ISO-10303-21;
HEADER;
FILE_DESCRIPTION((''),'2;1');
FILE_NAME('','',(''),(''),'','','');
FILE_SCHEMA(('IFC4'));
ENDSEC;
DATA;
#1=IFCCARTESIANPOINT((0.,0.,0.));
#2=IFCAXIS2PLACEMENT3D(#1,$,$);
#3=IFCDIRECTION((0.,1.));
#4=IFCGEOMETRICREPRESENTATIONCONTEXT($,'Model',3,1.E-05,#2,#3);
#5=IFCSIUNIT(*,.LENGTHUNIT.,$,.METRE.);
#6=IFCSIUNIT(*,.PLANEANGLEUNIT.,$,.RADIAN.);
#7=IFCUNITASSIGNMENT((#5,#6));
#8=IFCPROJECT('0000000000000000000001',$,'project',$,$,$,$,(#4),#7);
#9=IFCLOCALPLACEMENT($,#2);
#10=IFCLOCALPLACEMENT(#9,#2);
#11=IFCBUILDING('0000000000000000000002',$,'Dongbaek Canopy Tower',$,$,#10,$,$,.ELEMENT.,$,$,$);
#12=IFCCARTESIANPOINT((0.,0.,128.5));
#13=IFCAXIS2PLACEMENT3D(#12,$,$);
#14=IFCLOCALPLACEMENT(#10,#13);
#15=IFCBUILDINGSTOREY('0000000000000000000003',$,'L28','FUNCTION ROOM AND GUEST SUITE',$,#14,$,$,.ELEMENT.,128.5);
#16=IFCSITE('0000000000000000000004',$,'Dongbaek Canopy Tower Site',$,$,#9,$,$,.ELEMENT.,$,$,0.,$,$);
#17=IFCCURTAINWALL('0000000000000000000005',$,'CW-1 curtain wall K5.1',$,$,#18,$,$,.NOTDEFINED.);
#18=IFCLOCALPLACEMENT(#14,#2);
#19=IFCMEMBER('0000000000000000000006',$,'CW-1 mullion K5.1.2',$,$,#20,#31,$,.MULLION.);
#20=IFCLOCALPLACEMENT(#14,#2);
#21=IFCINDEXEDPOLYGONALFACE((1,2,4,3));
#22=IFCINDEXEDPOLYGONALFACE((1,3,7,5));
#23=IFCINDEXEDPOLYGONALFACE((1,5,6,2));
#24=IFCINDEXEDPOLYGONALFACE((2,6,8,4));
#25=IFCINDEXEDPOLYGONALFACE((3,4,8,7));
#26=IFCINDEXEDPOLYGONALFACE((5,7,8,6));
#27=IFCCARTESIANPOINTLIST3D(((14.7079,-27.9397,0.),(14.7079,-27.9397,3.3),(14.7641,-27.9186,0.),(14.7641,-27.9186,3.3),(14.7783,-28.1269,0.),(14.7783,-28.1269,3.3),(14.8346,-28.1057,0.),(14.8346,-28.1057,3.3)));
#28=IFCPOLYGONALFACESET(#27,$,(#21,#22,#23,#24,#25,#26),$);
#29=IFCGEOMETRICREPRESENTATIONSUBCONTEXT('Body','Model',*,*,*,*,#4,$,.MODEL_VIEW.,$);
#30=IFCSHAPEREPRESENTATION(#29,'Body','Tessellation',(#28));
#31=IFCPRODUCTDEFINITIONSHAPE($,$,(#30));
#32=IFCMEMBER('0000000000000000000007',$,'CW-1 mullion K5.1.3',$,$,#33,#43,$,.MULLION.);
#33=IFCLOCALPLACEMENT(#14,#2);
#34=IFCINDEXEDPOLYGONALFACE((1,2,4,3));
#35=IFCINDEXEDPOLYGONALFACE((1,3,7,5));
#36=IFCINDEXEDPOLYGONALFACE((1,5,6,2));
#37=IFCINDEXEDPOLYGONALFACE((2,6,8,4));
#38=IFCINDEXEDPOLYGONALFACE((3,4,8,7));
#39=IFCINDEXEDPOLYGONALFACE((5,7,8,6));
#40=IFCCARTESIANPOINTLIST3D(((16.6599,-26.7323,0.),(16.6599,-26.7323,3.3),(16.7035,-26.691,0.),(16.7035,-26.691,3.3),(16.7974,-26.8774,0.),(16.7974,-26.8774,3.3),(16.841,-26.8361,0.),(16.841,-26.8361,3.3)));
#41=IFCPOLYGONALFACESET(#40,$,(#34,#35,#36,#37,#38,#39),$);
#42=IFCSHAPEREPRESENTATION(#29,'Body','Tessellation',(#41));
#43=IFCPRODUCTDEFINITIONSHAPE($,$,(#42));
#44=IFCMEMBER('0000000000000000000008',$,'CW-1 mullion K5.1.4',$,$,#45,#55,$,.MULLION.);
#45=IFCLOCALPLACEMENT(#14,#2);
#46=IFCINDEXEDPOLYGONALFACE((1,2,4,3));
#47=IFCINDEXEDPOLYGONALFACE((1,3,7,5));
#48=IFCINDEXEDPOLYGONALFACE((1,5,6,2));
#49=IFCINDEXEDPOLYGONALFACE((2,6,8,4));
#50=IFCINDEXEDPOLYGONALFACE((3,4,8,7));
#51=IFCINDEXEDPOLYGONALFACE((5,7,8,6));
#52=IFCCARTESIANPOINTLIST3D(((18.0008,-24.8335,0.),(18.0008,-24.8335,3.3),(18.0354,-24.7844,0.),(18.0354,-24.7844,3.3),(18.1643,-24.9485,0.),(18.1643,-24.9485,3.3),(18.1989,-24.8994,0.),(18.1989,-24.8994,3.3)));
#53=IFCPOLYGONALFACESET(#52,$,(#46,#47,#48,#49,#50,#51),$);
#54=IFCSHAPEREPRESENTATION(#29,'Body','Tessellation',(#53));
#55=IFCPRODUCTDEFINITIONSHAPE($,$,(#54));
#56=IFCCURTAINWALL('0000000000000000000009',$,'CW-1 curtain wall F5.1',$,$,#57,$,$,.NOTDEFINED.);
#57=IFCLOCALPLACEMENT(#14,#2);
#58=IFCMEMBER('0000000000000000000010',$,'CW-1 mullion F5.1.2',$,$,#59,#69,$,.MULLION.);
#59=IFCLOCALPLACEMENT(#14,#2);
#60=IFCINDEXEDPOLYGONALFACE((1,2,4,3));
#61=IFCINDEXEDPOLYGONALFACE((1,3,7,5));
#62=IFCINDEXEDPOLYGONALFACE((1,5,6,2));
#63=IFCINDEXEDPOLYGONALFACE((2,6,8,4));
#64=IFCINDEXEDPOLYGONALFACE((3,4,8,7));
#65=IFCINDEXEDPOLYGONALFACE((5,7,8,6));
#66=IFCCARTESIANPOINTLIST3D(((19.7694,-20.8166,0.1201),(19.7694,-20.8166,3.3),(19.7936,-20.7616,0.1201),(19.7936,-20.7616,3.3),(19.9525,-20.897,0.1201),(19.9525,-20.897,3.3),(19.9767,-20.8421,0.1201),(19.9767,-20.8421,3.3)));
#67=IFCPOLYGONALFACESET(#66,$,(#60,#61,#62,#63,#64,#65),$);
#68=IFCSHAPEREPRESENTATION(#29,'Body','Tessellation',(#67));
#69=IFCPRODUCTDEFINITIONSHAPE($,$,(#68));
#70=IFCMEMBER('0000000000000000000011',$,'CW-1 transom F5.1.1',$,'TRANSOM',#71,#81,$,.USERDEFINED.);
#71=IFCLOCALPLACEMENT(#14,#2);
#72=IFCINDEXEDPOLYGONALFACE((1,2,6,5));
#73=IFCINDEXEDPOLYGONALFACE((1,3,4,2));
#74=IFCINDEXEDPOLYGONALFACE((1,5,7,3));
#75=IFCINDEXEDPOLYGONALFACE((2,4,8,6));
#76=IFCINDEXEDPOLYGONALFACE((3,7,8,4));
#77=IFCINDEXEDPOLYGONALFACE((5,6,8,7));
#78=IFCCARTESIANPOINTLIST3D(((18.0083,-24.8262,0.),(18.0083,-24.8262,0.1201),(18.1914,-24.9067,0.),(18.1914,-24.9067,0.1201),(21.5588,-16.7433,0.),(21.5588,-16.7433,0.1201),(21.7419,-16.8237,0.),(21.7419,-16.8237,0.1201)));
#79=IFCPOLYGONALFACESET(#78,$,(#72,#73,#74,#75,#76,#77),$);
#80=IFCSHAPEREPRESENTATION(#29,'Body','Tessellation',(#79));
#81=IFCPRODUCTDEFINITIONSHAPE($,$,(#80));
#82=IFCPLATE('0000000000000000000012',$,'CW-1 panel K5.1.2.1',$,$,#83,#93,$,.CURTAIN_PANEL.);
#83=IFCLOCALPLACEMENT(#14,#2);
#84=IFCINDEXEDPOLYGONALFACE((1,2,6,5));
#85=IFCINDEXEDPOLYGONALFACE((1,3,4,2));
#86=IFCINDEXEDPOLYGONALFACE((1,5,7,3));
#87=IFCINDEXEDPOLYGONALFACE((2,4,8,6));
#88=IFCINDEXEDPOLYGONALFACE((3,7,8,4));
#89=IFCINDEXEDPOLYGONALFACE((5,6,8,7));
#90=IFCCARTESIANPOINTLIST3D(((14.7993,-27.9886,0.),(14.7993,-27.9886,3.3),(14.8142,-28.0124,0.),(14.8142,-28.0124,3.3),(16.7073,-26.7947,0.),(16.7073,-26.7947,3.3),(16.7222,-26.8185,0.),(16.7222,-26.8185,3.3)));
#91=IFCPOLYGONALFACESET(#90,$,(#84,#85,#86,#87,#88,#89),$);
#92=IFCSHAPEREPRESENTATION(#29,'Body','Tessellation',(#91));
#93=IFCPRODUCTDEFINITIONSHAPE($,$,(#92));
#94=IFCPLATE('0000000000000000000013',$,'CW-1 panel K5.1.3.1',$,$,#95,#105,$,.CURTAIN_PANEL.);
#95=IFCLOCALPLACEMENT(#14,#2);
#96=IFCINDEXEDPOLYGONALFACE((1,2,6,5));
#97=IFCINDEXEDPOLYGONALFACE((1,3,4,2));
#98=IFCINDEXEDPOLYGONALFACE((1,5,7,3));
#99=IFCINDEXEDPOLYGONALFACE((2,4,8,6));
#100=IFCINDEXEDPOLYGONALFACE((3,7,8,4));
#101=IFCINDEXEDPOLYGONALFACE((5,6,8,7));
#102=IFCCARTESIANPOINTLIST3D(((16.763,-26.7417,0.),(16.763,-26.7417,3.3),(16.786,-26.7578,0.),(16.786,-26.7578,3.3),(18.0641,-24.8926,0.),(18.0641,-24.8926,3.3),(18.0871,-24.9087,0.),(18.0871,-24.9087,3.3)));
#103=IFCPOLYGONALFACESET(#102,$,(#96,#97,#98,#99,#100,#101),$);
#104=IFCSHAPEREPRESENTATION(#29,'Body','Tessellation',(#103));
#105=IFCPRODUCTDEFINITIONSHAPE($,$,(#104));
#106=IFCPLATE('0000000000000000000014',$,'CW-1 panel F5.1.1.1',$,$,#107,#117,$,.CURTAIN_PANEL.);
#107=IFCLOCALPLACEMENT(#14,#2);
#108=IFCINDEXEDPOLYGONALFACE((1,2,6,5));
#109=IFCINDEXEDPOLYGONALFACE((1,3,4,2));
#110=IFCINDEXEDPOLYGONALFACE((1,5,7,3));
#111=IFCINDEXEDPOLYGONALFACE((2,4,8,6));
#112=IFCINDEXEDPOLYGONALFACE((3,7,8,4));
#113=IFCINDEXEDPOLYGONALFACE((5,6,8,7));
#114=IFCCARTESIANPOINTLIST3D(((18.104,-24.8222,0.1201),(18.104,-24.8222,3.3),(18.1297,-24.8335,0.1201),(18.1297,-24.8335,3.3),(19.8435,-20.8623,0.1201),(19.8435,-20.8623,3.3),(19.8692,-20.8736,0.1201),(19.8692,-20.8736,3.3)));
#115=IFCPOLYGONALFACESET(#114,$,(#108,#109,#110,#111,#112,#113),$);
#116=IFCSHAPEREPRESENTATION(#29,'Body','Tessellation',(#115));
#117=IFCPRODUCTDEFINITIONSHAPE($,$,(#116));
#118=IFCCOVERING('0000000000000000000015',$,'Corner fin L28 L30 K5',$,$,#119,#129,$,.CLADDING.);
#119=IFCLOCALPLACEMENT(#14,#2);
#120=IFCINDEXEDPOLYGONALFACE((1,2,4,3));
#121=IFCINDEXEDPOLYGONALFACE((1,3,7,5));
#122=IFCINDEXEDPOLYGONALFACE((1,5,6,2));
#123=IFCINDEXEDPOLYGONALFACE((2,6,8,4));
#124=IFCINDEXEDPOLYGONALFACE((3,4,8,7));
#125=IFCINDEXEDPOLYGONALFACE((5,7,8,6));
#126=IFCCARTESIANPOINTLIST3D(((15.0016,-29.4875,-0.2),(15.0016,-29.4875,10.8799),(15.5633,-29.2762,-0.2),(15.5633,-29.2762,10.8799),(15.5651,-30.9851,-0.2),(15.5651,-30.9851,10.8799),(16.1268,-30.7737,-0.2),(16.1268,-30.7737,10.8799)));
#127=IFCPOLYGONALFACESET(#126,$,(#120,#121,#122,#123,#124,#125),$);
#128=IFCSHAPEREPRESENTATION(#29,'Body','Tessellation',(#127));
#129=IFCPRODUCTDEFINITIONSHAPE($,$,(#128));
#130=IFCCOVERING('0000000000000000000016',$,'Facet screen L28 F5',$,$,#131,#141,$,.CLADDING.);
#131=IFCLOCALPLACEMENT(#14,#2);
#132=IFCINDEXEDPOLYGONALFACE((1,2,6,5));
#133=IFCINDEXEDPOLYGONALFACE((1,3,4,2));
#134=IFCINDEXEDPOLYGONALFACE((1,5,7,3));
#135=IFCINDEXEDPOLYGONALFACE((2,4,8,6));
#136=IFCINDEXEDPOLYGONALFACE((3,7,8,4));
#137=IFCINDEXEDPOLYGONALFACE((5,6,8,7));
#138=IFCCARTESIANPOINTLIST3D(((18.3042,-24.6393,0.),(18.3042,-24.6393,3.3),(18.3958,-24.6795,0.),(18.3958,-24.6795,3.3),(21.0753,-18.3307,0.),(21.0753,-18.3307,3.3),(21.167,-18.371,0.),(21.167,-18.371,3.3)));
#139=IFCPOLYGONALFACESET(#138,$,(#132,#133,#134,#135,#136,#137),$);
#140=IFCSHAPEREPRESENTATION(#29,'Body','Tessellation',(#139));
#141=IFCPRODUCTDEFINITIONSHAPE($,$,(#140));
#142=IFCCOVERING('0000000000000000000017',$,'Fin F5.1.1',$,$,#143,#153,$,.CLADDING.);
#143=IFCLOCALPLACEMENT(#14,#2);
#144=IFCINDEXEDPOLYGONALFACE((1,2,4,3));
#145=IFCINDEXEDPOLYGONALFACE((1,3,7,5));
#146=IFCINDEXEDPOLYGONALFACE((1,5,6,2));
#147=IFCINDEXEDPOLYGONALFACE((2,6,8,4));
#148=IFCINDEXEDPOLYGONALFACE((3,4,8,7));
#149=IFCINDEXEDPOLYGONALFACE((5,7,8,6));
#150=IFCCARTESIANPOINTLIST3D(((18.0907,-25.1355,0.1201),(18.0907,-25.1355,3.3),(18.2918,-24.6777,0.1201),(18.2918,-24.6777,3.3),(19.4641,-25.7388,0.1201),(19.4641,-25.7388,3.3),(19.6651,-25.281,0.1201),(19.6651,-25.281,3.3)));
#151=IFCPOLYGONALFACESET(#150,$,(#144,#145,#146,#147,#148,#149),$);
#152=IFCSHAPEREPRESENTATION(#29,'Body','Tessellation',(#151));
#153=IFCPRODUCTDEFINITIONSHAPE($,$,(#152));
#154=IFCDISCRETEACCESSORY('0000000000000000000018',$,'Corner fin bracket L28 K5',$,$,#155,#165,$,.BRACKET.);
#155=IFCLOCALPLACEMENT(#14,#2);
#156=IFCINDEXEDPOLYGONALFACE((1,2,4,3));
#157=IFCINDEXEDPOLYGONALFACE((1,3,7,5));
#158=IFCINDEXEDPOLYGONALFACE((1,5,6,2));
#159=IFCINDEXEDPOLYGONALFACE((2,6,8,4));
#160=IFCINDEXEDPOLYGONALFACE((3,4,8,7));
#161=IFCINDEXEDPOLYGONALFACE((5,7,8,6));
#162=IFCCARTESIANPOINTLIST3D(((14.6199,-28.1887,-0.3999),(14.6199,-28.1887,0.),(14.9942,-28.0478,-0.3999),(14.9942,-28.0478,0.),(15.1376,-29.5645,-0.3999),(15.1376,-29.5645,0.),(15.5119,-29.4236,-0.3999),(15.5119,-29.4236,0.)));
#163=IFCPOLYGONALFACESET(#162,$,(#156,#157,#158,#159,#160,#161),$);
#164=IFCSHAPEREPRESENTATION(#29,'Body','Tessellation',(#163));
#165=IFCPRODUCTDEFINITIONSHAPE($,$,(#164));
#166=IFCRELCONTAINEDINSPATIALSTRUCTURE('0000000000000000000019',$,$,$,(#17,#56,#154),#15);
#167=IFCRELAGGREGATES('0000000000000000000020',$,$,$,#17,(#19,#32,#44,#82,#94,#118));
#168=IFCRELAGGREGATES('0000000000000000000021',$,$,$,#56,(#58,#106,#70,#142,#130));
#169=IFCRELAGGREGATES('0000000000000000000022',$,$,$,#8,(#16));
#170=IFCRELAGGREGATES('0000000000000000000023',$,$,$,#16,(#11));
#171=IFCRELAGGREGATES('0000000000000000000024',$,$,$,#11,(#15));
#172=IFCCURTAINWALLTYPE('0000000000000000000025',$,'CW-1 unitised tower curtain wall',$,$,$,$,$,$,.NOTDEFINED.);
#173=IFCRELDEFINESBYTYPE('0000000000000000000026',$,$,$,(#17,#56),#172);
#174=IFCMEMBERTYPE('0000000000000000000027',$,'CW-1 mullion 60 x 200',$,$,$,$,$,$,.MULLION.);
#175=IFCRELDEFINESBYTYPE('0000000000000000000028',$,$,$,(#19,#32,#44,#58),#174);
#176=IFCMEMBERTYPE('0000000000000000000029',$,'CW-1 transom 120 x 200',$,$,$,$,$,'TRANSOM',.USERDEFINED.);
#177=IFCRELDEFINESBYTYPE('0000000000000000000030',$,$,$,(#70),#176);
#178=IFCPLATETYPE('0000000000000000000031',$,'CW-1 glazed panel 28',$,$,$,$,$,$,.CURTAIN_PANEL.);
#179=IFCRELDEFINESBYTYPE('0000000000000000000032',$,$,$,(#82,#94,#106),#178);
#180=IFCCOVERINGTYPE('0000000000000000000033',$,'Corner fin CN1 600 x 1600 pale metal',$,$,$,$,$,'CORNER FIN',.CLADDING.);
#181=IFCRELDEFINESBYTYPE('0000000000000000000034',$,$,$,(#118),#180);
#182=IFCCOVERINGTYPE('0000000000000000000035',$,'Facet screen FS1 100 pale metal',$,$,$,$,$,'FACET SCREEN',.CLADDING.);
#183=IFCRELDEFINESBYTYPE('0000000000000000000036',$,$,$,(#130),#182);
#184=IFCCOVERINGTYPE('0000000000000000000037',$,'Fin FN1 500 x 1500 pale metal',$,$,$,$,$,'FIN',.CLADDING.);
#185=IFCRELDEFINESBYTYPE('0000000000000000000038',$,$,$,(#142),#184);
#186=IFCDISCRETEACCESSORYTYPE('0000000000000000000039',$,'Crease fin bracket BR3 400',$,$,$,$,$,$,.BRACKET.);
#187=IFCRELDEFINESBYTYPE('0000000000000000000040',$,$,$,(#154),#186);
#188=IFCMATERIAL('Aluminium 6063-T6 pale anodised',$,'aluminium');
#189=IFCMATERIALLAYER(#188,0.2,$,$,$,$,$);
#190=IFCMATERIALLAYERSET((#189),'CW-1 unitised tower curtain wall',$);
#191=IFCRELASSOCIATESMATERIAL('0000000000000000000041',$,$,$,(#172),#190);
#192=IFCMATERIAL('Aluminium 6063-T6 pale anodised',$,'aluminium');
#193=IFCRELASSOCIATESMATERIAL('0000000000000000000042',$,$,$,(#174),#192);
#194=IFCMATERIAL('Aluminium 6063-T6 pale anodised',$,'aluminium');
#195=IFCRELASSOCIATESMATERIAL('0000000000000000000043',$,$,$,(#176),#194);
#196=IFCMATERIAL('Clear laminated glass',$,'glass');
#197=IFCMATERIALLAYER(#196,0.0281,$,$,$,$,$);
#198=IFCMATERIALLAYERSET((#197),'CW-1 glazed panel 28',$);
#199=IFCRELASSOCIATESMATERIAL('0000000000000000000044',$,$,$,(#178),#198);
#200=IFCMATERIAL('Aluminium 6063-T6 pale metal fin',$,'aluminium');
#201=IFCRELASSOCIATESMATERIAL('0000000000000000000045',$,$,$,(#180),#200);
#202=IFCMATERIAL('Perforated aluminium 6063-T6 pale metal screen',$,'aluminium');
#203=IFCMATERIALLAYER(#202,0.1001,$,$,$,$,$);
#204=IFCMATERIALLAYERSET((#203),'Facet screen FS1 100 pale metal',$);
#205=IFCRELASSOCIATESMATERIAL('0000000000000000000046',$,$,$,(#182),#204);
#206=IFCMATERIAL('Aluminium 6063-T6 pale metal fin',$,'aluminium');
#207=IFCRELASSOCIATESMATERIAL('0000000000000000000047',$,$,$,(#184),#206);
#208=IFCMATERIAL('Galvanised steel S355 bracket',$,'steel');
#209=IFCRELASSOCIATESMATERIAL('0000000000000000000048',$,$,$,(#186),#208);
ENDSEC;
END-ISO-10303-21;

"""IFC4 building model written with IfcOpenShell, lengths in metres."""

from ifc_helpers import new_model, si_unit, direction, frame, origin, origin_2d, place, context, subcontext, project, spatial, rectangle, extrude, material, layer, layer_set, material_profile, profile_set, type_object, element, aggregate, save


model = new_model("IFC4")

# Units and contexts
model_context = context("Model", 3, precision=1e-05, world=origin(), true_north=direction((0.0, 1.0)))
body_context = subcontext(model_context, "Body", "Model", "MODEL_VIEW")
ifc_project = project(units=[si_unit("LENGTHUNIT", "METRE"), si_unit("PLANEANGLEUNIT", "RADIAN")], contexts=[model_context])

# Site, building, storey
site_placement = place(None, origin())
site = spatial("IfcSite", under=ifc_project, at=site_placement, Name="Dongbaek Canopy Tower Site", CompositionType="ELEMENT", RefElevation=0.0)
building_placement = place(site_placement, origin())
building = spatial("IfcBuilding", under=site, at=building_placement, Name="Dongbaek Canopy Tower", CompositionType="ELEMENT")
storey_placement = place(building_placement, frame((0.0, 0.0, 128.5)))
storey = spatial("IfcBuildingStorey", under=building, at=storey_placement, Name="L28", Description="FUNCTION ROOM AND GUEST SUITE", CompositionType="ELEMENT", Elevation=128.5)

# Curtain walls, members
ifc_material_1 = material(Name="Aluminium 6063-T6 pale anodised", Category="aluminium")
ifc_layer_1 = layer(ifc_material_1, 0.2)
ifc_layer_set_1 = layer_set([ifc_layer_1], Name="CW-1 unitised tower curtain wall")
curtain_wall_type = type_object("IfcCurtainWallType", Name="CW-1 unitised tower curtain wall", PredefinedType="NOTDEFINED", material=ifc_layer_set_1)
curtain_wall_1_placement = place(storey_placement, origin())
curtain_wall_1 = element("IfcCurtainWall", 1, at=curtain_wall_1_placement, inside=storey, type_object=curtain_wall_type, Name="CW-1 curtain wall K5.1", PredefinedType="NOTDEFINED")
ifc_material_2 = material(Name="Aluminium 6063-T6 pale anodised", Category="aluminium")
ifc_material_profile_1 = material_profile(ifc_material_2, rectangle(XDim=0.2, YDim=0.0601, at=origin_2d()), Name="CW-1 mullion 60 x 200")
ifc_profile_set_1 = profile_set([ifc_material_profile_1], Name="Aluminium 6063-T6 pale anodised")
member_type_1 = type_object("IfcMemberType", Name="CW-1 mullion 60 x 200", PredefinedType="MULLION", material=ifc_profile_set_1)
member_1_placement = place(storey_placement, frame((14.7712, -28.0227, 0.0), z_axis=(0.0, 0.0, 1.0), x_axis=(0.352184, -0.935931, 0.0)))
member_1 = element("IfcMember", 2, at=member_1_placement, type_object=member_type_1, Name="CW-1 mullion K5.1.2", PredefinedType="MULLION", context=body_context, shape_type="SweptSolid", body=[
    extrude(rectangle(XDim=0.2, YDim=0.0601, at=origin_2d()), origin(), (0.0, 0.0, 1.0), 3.3),
])
member_2_placement = place(storey_placement, frame((16.7505, -26.7842, 0.0), z_axis=(0.0, 0.0, 1.0), x_axis=(0.687764, -0.725935, 0.0)))
member_2 = element("IfcMember", 3, at=member_2_placement, type_object=member_type_1, Name="CW-1 mullion K5.1.3", PredefinedType="MULLION", context=body_context, shape_type="SweptSolid", body=[
    extrude(rectangle(XDim=0.2, YDim=0.0601, at=origin_2d()), origin(), (0.0, 0.0, 1.0), 3.3),
])
member_3_placement = place(storey_placement, frame((18.0999, -24.8665, 0.0), z_axis=(0.0, 0.0, 1.0), x_axis=(0.817844, -0.57544, 0.0)))
member_3 = element("IfcMember", 4, at=member_3_placement, type_object=member_type_1, Name="CW-1 mullion K5.1.4", PredefinedType="MULLION", context=body_context, shape_type="SweptSolid", body=[
    extrude(rectangle(XDim=0.2, YDim=0.0601, at=origin_2d()), origin(), (0.0, 0.0, 1.0), 3.3),
])
curtain_wall_2_placement = place(storey_placement, origin())
curtain_wall_2 = element("IfcCurtainWall", 5, at=curtain_wall_2_placement, inside=storey, type_object=curtain_wall_type, Name="CW-1 curtain wall F5.1", PredefinedType="NOTDEFINED")
member_4_placement = place(storey_placement, frame((19.873, -20.8293, 0.1201), z_axis=(0.0, 0.0, 1.0), x_axis=(0.915562, -0.402176, 0.0)))
member_4 = element("IfcMember", 6, at=member_4_placement, type_object=member_type_1, Name="CW-1 mullion F5.1.2", PredefinedType="MULLION", context=body_context, shape_type="SweptSolid", body=[
    extrude(rectangle(XDim=0.2, YDim=0.0601, at=origin_2d()), origin(), (0.0, 0.0, 1.0), 3.1799),
])
ifc_material_3 = material(Name="Aluminium 6063-T6 pale anodised", Category="aluminium")
ifc_material_profile_2 = material_profile(ifc_material_3, rectangle(XDim=0.2, YDim=0.1201, at=origin_2d()), Name="CW-1 transom 120 x 200")
ifc_profile_set_2 = profile_set([ifc_material_profile_2], Name="Aluminium 6063-T6 pale anodised")
member_type_2 = type_object("IfcMemberType", Name="CW-1 transom 120 x 200", ElementType="TRANSOM", PredefinedType="USERDEFINED", material=ifc_profile_set_2)
member_5_placement = place(storey_placement, frame((18.0999, -24.8665, 0.0601), z_axis=(0.40217, 0.915565, 0.0), x_axis=(-0.915565, 0.40217, 0.0)))
member_5 = element("IfcMember", 7, at=member_5_placement, type_object=member_type_2, Name="CW-1 transom F5.1.1", ObjectType="TRANSOM", PredefinedType="USERDEFINED", context=body_context, shape_type="SweptSolid", body=[
    extrude(rectangle(XDim=0.2, YDim=0.1201, at=origin_2d()), origin(), (0.0, 0.0, 1.0), 8.8284),
])

# Plates
ifc_material_4 = material(Name="Clear laminated glass", Category="glass")
ifc_layer_2 = layer(ifc_material_4, 0.0281)
ifc_layer_set_2 = layer_set([ifc_layer_2], Name="CW-1 glazed panel 28")
plate_type = type_object("IfcPlateType", Name="CW-1 glazed panel 28", PredefinedType="CURTAIN_PANEL", material=ifc_layer_set_2)
plate_1_placement = place(storey_placement, frame((15.7607, -27.4036, 0.0), z_axis=(0.0, 0.0, 1.0), x_axis=(0.847704, 0.530469, 0.0)))
plate_1 = element("IfcPlate", 8, at=plate_1_placement, type_object=plate_type, Name="CW-1 panel K5.1.2.1", PredefinedType="CURTAIN_PANEL", context=body_context, shape_type="SweptSolid", body=[
    extrude(rectangle(XDim=2.2507, YDim=0.0281, at=origin_2d()), origin(), (0.0, 0.0, 1.0), 3.3),
])
plate_2_placement = place(storey_placement, frame((17.425, -25.8252, 0.0), z_axis=(0.0, 0.0, 1.0), x_axis=(0.57544, 0.817844, 0.0)))
plate_2 = element("IfcPlate", 9, at=plate_2_placement, type_object=plate_type, Name="CW-1 panel K5.1.3.1", PredefinedType="CURTAIN_PANEL", context=body_context, shape_type="SweptSolid", body=[
    extrude(rectangle(XDim=2.261, YDim=0.0281, at=origin_2d()), origin(), (0.0, 0.0, 1.0), 3.3),
])
plate_3_placement = place(storey_placement, frame((18.9866, -22.8479, 0.1201), z_axis=(0.0, 0.0, 1.0), x_axis=(0.402176, 0.915562, 0.0)))
plate_3 = element("IfcPlate", 10, at=plate_3_placement, type_object=plate_type, Name="CW-1 panel F5.1.1.1", PredefinedType="CURTAIN_PANEL", context=body_context, shape_type="SweptSolid", body=[
    extrude(rectangle(XDim=4.3252, YDim=0.0281, at=origin_2d()), origin(), (0.0, 0.0, 1.0), 3.1799),
])

# Coverings
ifc_material_5 = material(Name="Aluminium 6063-T6 pale metal fin", Category="aluminium")
ifc_material_profile_3 = material_profile(ifc_material_5, rectangle(XDim=1.6001, YDim=0.6001, at=origin_2d()), Name="Corner fin CN1 600 x 1600 pale metal")
ifc_profile_set_3 = profile_set([ifc_material_profile_3], Name="Aluminium 6063-T6 pale metal fin")
covering_type_1 = type_object("IfcCoveringType", Name="Corner fin CN1 600 x 1600 pale metal", ElementType="CORNER FIN", PredefinedType="CLADDING", material=ifc_profile_set_3)
covering_1_placement = place(storey_placement, frame((15.5642, -30.1306, -0.2), z_axis=(0.0, 0.0, 1.0), x_axis=(0.352183, -0.935931, 0.0)))
covering_1 = element("IfcCovering", 11, at=covering_1_placement, type_object=covering_type_1, Name="Corner fin L28 L30 K5", PredefinedType="CLADDING", context=body_context, shape_type="SweptSolid", body=[
    extrude(rectangle(XDim=1.6001, YDim=0.6001, at=origin_2d()), origin(), (0.0, 0.0, 1.0), 11.0798),
])
aggregate(curtain_wall_1, [member_1, member_2, member_3, plate_1, plate_2, covering_1])
ifc_material_6 = material(Name="Perforated aluminium 6063-T6 pale metal screen", Category="aluminium")
ifc_layer_3 = layer(ifc_material_6, 0.1001)
ifc_layer_set_3 = layer_set([ifc_layer_3], Name="Facet screen FS1 100 pale metal")
covering_type_2 = type_object("IfcCoveringType", Name="Facet screen FS1 100 pale metal", ElementType="FACET SCREEN", PredefinedType="CLADDING", material=ifc_layer_set_3)
covering_2_placement = place(storey_placement, frame((19.7356, -21.5051, 0.0), z_axis=(0.0, 0.0, 1.0), x_axis=(0.402176, 0.915562, 0.0)))
covering_2 = element("IfcCovering", 12, at=covering_2_placement, type_object=covering_type_2, Name="Facet screen L28 F5", PredefinedType="CLADDING", context=body_context, shape_type="SweptSolid", body=[
    extrude(rectangle(XDim=6.8904, YDim=0.1001, at=origin_2d()), origin(), (0.0, 0.0, 1.0), 3.3),
])
ifc_material_7 = material(Name="Aluminium 6063-T6 pale metal fin", Category="aluminium")
ifc_material_profile_4 = material_profile(ifc_material_7, rectangle(XDim=1.5, YDim=0.5, at=origin_2d()), Name="Fin FN1 500 x 1500 pale metal")
ifc_profile_set_4 = profile_set([ifc_material_profile_4], Name="Aluminium 6063-T6 pale metal fin")
covering_type_3 = type_object("IfcCoveringType", Name="Fin FN1 500 x 1500 pale metal", ElementType="FIN", PredefinedType="CLADDING", material=ifc_profile_set_4)
covering_3_placement = place(storey_placement, frame((18.8779, -25.2083, 0.1201), z_axis=(0.0, 0.0, 1.0), x_axis=(0.915562, -0.402176, 0.0)))
covering_3 = element("IfcCovering", 13, at=covering_3_placement, type_object=covering_type_3, Name="Fin F5.1.1", PredefinedType="CLADDING", context=body_context, shape_type="SweptSolid", body=[
    extrude(rectangle(XDim=1.5, YDim=0.5, at=origin_2d()), origin(), (0.0, 0.0, 1.0), 3.1799),
])
aggregate(curtain_wall_2, [member_4, plate_3, member_5, covering_3, covering_2])

# Discrete accessory
ifc_material_8 = material(Name="Galvanised steel S355 bracket", Category="steel")
discrete_accessory_type = type_object("IfcDiscreteAccessoryType", Name="Crease fin bracket BR3 400", PredefinedType="BRACKET", material=ifc_material_8)
discrete_accessory_placement = place(storey_placement, frame((15.0659, -28.8062, -0.3999), z_axis=(0.0, 0.0, 1.0), x_axis=(0.352183, -0.935931, 0.0)))
element("IfcDiscreteAccessory", 14, at=discrete_accessory_placement, inside=storey, type_object=discrete_accessory_type, Name="Corner fin bracket L28 K5", PredefinedType="BRACKET", context=body_context, shape_type="SweptSolid", body=[
    extrude(rectangle(XDim=1.47, YDim=0.3999, at=origin_2d()), origin(), (0.0, 0.0, 1.0), 0.3999),
])

save(model, "model.ifc")
